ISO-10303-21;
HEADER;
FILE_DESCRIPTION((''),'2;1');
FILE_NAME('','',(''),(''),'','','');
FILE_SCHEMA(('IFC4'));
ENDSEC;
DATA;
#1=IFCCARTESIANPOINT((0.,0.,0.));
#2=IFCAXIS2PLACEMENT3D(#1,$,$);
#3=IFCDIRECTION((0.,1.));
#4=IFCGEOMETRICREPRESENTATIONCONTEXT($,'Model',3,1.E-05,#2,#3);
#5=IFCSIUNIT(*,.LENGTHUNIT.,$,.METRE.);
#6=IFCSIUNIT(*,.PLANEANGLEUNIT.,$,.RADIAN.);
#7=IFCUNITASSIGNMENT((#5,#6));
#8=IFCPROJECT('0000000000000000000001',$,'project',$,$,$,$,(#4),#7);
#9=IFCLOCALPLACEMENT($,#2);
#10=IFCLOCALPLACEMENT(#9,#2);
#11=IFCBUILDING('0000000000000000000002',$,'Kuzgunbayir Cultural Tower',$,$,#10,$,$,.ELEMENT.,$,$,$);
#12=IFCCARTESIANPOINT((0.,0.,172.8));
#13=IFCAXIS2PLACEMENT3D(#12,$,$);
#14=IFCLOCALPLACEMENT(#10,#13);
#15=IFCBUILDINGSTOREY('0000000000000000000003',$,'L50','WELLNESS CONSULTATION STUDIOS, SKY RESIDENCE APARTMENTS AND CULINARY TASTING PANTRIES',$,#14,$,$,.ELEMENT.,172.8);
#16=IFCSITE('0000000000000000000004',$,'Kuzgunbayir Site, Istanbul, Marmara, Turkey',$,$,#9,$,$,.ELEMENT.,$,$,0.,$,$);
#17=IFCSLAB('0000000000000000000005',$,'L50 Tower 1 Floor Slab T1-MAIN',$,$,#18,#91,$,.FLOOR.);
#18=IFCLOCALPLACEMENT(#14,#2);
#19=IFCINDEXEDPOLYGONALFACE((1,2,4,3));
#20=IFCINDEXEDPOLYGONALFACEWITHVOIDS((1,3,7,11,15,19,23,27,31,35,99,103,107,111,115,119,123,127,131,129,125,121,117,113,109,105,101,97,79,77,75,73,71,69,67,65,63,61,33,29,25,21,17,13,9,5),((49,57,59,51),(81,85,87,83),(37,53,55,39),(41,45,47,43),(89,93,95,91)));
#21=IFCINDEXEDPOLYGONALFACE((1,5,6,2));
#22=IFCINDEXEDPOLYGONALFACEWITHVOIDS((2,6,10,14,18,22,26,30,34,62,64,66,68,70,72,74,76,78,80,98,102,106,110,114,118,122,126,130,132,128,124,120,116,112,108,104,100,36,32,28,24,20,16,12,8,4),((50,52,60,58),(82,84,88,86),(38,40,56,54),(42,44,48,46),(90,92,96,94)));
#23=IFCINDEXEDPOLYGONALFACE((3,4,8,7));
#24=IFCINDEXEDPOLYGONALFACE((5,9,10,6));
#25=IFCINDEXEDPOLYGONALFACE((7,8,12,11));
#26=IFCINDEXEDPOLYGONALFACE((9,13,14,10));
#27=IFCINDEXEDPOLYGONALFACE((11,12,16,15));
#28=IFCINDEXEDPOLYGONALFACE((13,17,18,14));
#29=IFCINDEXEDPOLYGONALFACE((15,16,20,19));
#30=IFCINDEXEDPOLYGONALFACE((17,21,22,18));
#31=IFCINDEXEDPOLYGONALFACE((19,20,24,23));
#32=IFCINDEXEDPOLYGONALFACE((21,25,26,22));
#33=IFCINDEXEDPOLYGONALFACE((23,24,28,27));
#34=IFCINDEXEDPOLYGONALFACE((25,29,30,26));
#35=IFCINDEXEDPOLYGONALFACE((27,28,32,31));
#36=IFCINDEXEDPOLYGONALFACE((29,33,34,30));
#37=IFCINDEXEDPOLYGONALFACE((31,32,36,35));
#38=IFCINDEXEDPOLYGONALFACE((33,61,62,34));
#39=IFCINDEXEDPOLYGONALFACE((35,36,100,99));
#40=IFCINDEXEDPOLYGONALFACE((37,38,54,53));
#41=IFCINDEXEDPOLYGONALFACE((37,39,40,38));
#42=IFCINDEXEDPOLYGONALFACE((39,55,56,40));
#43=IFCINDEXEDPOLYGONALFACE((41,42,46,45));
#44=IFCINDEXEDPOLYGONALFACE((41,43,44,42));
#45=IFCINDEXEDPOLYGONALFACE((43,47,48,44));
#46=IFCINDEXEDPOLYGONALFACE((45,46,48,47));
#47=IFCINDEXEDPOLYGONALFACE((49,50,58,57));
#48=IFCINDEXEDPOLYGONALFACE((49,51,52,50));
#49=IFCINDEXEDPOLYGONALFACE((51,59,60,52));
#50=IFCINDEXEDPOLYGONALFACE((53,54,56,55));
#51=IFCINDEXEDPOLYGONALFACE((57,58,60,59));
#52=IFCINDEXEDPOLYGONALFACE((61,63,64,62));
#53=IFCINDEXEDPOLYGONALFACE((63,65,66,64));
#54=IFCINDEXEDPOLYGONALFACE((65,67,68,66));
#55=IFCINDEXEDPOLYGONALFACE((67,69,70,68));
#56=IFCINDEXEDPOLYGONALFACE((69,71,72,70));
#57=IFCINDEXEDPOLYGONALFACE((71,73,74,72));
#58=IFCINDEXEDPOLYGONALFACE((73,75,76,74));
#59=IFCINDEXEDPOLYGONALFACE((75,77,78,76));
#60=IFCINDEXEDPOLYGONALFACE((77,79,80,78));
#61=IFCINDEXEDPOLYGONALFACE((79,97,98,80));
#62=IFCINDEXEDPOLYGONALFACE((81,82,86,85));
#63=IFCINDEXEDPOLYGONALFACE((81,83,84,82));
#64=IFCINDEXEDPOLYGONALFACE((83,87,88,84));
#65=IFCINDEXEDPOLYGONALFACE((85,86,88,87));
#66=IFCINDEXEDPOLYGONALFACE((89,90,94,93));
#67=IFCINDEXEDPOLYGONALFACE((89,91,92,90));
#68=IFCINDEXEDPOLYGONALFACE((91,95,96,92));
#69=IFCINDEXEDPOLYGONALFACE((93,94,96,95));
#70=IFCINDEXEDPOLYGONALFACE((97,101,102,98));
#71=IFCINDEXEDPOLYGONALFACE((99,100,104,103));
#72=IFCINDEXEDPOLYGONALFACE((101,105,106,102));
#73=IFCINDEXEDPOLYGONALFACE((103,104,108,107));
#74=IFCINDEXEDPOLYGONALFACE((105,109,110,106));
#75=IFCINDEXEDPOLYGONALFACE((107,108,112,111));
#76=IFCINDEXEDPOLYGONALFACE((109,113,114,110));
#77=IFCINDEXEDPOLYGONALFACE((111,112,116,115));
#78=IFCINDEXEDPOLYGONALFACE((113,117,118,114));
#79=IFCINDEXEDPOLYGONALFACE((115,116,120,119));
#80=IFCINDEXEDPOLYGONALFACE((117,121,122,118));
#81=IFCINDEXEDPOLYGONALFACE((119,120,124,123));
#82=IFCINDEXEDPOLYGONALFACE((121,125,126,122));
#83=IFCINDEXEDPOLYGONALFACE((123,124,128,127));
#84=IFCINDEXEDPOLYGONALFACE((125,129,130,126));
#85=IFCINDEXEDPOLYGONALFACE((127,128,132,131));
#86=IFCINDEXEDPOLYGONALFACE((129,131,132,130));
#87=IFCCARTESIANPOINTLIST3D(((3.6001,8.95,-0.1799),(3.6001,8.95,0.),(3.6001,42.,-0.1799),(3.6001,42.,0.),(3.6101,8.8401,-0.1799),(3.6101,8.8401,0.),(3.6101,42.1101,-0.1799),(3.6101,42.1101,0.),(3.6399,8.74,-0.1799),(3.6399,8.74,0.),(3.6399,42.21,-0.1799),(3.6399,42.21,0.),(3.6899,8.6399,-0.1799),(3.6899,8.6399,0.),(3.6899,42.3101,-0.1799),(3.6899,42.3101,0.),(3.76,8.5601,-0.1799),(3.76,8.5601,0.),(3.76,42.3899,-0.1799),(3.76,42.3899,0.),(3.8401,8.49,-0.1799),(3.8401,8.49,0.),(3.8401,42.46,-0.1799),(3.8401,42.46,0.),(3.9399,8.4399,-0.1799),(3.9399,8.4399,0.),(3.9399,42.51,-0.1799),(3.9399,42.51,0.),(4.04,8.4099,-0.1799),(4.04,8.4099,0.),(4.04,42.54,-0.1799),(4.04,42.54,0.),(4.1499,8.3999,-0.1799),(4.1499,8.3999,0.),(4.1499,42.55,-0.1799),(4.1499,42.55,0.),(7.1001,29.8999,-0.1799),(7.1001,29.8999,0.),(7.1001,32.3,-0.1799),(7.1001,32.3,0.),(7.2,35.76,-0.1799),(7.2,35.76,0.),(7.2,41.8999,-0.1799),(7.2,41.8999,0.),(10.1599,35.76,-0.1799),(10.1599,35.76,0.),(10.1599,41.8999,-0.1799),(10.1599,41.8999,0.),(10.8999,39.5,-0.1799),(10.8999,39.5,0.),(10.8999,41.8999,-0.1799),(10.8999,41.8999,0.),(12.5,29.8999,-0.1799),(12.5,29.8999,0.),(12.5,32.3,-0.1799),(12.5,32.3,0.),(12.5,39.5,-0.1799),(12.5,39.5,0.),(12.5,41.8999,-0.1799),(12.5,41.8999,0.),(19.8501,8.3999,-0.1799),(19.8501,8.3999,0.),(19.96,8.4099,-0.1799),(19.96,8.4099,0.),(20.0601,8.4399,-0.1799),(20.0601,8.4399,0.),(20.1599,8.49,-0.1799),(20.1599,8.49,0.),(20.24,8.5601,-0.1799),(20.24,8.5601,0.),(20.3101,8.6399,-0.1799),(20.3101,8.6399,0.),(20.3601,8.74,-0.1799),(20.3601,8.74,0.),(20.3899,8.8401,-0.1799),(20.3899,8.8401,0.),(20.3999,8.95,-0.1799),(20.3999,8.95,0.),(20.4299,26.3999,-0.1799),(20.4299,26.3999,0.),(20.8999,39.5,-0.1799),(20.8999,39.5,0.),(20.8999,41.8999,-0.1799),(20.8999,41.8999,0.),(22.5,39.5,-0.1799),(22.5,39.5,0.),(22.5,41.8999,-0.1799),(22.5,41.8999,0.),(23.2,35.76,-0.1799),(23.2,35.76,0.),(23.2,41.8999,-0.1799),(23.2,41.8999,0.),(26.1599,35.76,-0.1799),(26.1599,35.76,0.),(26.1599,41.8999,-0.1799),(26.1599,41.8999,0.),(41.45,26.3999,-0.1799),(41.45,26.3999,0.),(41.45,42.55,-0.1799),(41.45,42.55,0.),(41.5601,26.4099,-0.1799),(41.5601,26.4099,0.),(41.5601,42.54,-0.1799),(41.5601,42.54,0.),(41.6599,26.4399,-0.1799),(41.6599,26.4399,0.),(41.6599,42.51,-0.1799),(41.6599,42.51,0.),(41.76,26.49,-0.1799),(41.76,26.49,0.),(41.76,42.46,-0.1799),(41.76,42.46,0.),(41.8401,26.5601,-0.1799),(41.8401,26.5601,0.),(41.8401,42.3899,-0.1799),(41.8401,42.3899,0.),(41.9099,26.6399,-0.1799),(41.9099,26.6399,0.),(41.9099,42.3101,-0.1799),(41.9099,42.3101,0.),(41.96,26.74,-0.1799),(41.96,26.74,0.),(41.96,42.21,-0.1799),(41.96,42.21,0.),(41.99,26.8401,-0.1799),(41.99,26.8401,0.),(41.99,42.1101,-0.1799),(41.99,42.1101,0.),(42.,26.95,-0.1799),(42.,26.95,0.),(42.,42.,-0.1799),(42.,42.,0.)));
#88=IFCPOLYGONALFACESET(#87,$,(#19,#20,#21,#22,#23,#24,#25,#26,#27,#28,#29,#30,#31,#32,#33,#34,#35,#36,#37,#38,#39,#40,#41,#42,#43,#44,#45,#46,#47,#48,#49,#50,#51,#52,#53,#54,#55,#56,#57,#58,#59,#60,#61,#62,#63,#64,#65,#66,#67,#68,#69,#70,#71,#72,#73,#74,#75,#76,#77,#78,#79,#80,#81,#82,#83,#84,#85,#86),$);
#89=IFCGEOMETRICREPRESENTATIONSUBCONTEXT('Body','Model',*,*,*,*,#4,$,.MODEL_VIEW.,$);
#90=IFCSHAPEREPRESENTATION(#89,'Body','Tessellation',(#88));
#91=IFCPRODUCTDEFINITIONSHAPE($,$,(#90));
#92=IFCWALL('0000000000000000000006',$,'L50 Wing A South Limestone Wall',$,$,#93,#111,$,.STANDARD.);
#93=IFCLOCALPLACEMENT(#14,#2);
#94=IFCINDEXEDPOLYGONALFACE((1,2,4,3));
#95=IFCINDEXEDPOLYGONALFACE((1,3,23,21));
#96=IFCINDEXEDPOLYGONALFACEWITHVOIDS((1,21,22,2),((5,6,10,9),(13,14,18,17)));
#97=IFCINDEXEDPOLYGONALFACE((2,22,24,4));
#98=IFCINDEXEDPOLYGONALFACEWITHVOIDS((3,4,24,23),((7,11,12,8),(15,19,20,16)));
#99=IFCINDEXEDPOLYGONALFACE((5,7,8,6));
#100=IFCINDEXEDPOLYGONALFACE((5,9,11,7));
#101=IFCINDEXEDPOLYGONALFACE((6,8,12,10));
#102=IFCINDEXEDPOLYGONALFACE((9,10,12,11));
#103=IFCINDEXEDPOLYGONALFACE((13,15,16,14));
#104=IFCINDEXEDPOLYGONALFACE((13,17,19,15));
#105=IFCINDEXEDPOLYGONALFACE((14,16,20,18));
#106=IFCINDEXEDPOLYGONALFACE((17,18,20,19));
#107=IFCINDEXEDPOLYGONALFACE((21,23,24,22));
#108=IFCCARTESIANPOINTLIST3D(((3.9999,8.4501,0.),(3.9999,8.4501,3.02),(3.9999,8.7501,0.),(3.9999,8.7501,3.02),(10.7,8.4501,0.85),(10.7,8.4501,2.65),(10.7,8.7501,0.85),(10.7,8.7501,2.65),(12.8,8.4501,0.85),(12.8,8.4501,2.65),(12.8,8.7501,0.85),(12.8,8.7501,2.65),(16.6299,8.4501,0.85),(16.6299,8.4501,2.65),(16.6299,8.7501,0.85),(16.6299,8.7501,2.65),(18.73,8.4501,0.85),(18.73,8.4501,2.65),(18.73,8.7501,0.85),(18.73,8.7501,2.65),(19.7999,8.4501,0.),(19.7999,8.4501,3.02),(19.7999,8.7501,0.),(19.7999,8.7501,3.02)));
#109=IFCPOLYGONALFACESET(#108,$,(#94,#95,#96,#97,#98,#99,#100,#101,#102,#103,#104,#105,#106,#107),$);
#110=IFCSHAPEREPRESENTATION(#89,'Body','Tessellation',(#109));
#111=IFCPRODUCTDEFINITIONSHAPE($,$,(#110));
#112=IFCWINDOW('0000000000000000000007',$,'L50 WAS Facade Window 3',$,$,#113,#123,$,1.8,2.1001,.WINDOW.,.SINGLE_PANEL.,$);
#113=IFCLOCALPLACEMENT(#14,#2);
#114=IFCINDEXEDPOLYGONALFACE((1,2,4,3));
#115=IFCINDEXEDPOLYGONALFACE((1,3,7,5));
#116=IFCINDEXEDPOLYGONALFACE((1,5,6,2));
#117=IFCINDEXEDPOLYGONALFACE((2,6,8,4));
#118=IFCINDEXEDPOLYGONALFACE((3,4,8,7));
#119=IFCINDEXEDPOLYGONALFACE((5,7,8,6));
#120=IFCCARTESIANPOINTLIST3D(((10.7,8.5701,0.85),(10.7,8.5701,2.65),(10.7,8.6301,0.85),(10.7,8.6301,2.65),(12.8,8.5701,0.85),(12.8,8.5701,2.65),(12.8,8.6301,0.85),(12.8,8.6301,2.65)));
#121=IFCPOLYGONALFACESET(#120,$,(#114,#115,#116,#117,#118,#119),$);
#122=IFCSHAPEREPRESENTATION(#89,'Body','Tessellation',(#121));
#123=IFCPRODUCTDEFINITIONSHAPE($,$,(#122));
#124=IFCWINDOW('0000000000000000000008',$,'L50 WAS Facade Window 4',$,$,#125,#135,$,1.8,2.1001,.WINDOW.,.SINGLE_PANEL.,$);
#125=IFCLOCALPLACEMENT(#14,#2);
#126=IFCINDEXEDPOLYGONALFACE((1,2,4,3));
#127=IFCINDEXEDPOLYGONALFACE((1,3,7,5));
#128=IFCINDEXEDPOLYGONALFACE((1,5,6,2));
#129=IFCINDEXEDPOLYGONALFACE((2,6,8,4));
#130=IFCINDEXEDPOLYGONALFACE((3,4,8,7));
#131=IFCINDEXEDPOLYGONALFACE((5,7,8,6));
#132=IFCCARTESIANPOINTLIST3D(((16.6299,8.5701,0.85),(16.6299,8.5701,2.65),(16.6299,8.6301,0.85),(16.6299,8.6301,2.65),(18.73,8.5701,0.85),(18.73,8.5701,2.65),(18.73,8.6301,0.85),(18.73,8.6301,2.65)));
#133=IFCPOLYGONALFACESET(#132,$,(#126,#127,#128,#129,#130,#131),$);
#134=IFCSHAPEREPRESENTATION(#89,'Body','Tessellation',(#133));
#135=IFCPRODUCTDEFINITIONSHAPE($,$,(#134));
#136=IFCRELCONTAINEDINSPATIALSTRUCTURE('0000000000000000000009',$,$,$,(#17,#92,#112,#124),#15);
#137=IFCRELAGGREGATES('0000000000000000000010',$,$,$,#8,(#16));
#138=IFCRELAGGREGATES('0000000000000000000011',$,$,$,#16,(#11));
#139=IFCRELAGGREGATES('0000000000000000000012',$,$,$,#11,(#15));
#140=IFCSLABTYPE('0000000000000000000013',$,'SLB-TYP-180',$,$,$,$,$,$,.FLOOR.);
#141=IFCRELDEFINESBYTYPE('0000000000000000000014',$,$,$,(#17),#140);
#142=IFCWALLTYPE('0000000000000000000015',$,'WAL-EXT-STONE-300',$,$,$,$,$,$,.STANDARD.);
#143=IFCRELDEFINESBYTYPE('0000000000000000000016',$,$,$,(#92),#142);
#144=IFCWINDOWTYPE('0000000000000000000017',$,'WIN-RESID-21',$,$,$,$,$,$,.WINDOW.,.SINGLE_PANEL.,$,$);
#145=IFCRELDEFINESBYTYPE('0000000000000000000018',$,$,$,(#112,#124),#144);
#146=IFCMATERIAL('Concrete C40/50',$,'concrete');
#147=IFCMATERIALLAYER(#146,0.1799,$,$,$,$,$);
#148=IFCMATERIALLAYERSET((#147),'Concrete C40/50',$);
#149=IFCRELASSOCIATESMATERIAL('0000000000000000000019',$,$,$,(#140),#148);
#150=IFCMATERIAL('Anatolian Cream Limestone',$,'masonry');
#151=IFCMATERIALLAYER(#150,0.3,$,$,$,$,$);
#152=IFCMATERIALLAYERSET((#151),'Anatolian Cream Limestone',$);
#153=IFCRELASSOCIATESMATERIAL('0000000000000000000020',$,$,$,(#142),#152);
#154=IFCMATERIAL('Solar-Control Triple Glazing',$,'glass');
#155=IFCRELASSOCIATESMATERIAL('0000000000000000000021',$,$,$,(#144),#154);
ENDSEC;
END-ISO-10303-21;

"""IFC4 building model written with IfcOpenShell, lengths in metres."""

from ifc_helpers import new_model, si_unit, direction, frame, frame_2d, origin, place, context, subcontext, project, spatial, polyline, rectangle, outline, extrude, material, layer, layer_set, type_object, element, fill, save


model = new_model("IFC4")

# Units and contexts
model_context = context("Model", 3, precision=1e-05, world=origin(), true_north=direction((0.0, 1.0)))
body_context = subcontext(model_context, "Body", "Model", "MODEL_VIEW")
ifc_project = project(units=[si_unit("LENGTHUNIT", "METRE"), si_unit("PLANEANGLEUNIT", "RADIAN")], contexts=[model_context])

# Site, building, storey
site_placement = place(None, origin())
site = spatial("IfcSite", under=ifc_project, at=site_placement, Name="Kuzgunbayir Site, Istanbul, Marmara, Turkey", CompositionType="ELEMENT", RefElevation=0.0)
building_placement = place(site_placement, origin())
building = spatial("IfcBuilding", under=site, at=building_placement, Name="Kuzgunbayir Cultural Tower", CompositionType="ELEMENT")
storey_placement = place(building_placement, frame((0.0, 0.0, 172.8)))
storey = spatial("IfcBuildingStorey", under=building, at=storey_placement, Name="L50", Description="WELLNESS CONSULTATION STUDIOS, SKY RESIDENCE APARTMENTS AND CULINARY TASTING PANTRIES", CompositionType="ELEMENT", Elevation=172.8)

# Shared definitions
ifc_material_1 = material(Name="Concrete C40/50", Category="concrete")

# Slab
ifc_layer_1 = layer(ifc_material_1, 0.1799)
ifc_layer_set_1 = layer_set([ifc_layer_1], Name="Concrete C40/50")
slab_type_1 = type_object("IfcSlabType", Name="SLB-TYP-180", PredefinedType="FLOOR", material=ifc_layer_set_1)
slab_1_placement = place(storey_placement, frame((0.0, 0.0, -0.1799)))
element("IfcSlab", 1, at=slab_1_placement, inside=storey, type_object=slab_type_1, Name="L50 Tower 1 Floor Slab T1-MAIN", PredefinedType="FLOOR", context=body_context, shape_type="SweptSolid", body=[
    extrude(outline(polyline([(20.3999, 8.95), (20.3899, 8.8401), (20.3601, 8.74), (20.3101, 8.6399), (20.24, 8.5601), (20.1599, 8.49), (20.0601, 8.4399), (19.96, 8.4099), (19.8501, 8.3999), (4.1499, 8.3999), (4.04, 8.4099), (3.9399, 8.4399), (3.8401, 8.49), (3.76, 8.5601), (3.6899, 8.6399), (3.6399, 8.74), (3.6101, 8.8401), (3.6001, 8.95), (3.6001, 42.0), (3.6101, 42.1101), (3.6399, 42.21), (3.6899, 42.3101), (3.76, 42.3899), (3.8401, 42.46), (3.9399, 42.51), (4.04, 42.54), (4.1499, 42.55), (41.45, 42.55), (41.5601, 42.54), (41.6599, 42.51), (41.76, 42.46), (41.8401, 42.3899), (41.9099, 42.3101), (41.96, 42.21), (41.99, 42.1101), (42.0, 42.0), (42.0, 26.95), (41.99, 26.8401), (41.96, 26.74), (41.9099, 26.6399), (41.8401, 26.5601), (41.76, 26.49), (41.6599, 26.4399), (41.5601, 26.4099), (41.45, 26.3999), (20.4299, 26.3999), (20.3999, 8.95)]), holes=[polyline([(7.2, 35.76), (7.2, 41.8999), (10.1599, 41.8999), (10.1599, 35.76), (7.2, 35.76)]), polyline([(23.2, 35.76), (23.2, 41.8999), (26.1599, 41.8999), (26.1599, 35.76), (23.2, 35.76)]), polyline([(7.1001, 29.8999), (7.1001, 32.3), (12.5, 32.3), (12.5, 29.8999), (7.1001, 29.8999)]), polyline([(10.8999, 39.5), (10.8999, 41.8999), (12.5, 41.8999), (12.5, 39.5), (10.8999, 39.5)]), polyline([(20.8999, 39.5), (20.8999, 41.8999), (22.5, 41.8999), (22.5, 39.5), (20.8999, 39.5)])]), origin(), (0.0, 0.0, 1.0), 0.1799),
])

# Wall, openings, windows
ifc_material_2 = material(Name="Anatolian Cream Limestone", Category="masonry")
ifc_layer_2 = layer(ifc_material_2, 0.3)
ifc_layer_set_2 = layer_set([ifc_layer_2], Name="Anatolian Cream Limestone")
wall_type_1 = type_object("IfcWallType", Name="WAL-EXT-STONE-300", PredefinedType="STANDARD", material=ifc_layer_set_2)
wall_1_placement = place(storey_placement, frame((4.0, 8.6001, 0.0), z_axis=(0.0, 0.0, 1.0), x_axis=(1.0, 0.0, 0.0)))
wall_1 = element("IfcWall", 2, at=wall_1_placement, inside=storey, type_object=wall_type_1, Name="L50 Wing A South Limestone Wall", PredefinedType="STANDARD", context=body_context, shape_type="SweptSolid", body=[
    extrude(rectangle(XDim=15.8, YDim=0.3, at=frame_2d((7.8999, 0.0))), origin(), (0.0, 0.0, 1.0), 3.02),
])
opening_1_placement = place(wall_1_placement, frame((6.7, 0.0, 0.8501)))
opening_1 = element("IfcOpeningElement", 3, at=opening_1_placement, cuts=wall_1, PredefinedType="OPENING", context=body_context, shape_type="SweptSolid", body=[
    extrude(rectangle(XDim=2.1001, YDim=1.8, at=frame_2d((1.05, 0.8999))), frame((0.0, 0.1602, 0.0), z_axis=(0.0, -1.0, 0.0), x_axis=(1.0, 0.0, 0.0)), (0.0, 0.0, 1.0), 0.3201),
])
opening_2_placement = place(wall_1_placement, frame((12.6299, 0.0, 0.8501)))
opening_2 = element("IfcOpeningElement", 4, at=opening_2_placement, cuts=wall_1, PredefinedType="OPENING", context=body_context, shape_type="SweptSolid", body=[
    extrude(rectangle(XDim=2.1001, YDim=1.8, at=frame_2d((1.05, 0.8999))), frame((0.0, 0.1602, 0.0), z_axis=(0.0, -1.0, 0.0), x_axis=(1.0, 0.0, 0.0)), (0.0, 0.0, 1.0), 0.3201),
])
ifc_material_3 = material(Name="Solar-Control Triple Glazing", Category="glass")
window_type = type_object("IfcWindowType", Name="WIN-RESID-21", PartitioningType="SINGLE_PANEL", PredefinedType="WINDOW", material=ifc_material_3)
window_1_placement = place(opening_1_placement, origin())
window_1 = element("IfcWindow", 5, at=window_1_placement, inside=storey, type_object=window_type, Name="L50 WAS Facade Window 3", OverallHeight=1.8, OverallWidth=2.1001, PartitioningType="SINGLE_PANEL", PredefinedType="WINDOW", context=body_context, shape_type="SweptSolid", body=[
    extrude(rectangle(XDim=2.1001, YDim=1.8, at=frame_2d((1.05, 0.8999))), frame((0.0, 0.03, 0.0), z_axis=(0.0, -1.0, 0.0), x_axis=(1.0, 0.0, 0.0)), (0.0, 0.0, 1.0), 0.0601),
])
fill(opening_1, window_1)
window_2_placement = place(opening_2_placement, origin())
window_2 = element("IfcWindow", 6, at=window_2_placement, inside=storey, type_object=window_type, Name="L50 WAS Facade Window 4", OverallHeight=1.8, OverallWidth=2.1001, PartitioningType="SINGLE_PANEL", PredefinedType="WINDOW", context=body_context, shape_type="SweptSolid", body=[
    extrude(rectangle(XDim=2.1001, YDim=1.8, at=frame_2d((1.05, 0.8999))), frame((0.0, 0.03, 0.0), z_axis=(0.0, -1.0, 0.0), x_axis=(1.0, 0.0, 0.0)), (0.0, 0.0, 1.0), 0.0601),
])
fill(opening_2, window_2)

save(model, "model.ifc")
